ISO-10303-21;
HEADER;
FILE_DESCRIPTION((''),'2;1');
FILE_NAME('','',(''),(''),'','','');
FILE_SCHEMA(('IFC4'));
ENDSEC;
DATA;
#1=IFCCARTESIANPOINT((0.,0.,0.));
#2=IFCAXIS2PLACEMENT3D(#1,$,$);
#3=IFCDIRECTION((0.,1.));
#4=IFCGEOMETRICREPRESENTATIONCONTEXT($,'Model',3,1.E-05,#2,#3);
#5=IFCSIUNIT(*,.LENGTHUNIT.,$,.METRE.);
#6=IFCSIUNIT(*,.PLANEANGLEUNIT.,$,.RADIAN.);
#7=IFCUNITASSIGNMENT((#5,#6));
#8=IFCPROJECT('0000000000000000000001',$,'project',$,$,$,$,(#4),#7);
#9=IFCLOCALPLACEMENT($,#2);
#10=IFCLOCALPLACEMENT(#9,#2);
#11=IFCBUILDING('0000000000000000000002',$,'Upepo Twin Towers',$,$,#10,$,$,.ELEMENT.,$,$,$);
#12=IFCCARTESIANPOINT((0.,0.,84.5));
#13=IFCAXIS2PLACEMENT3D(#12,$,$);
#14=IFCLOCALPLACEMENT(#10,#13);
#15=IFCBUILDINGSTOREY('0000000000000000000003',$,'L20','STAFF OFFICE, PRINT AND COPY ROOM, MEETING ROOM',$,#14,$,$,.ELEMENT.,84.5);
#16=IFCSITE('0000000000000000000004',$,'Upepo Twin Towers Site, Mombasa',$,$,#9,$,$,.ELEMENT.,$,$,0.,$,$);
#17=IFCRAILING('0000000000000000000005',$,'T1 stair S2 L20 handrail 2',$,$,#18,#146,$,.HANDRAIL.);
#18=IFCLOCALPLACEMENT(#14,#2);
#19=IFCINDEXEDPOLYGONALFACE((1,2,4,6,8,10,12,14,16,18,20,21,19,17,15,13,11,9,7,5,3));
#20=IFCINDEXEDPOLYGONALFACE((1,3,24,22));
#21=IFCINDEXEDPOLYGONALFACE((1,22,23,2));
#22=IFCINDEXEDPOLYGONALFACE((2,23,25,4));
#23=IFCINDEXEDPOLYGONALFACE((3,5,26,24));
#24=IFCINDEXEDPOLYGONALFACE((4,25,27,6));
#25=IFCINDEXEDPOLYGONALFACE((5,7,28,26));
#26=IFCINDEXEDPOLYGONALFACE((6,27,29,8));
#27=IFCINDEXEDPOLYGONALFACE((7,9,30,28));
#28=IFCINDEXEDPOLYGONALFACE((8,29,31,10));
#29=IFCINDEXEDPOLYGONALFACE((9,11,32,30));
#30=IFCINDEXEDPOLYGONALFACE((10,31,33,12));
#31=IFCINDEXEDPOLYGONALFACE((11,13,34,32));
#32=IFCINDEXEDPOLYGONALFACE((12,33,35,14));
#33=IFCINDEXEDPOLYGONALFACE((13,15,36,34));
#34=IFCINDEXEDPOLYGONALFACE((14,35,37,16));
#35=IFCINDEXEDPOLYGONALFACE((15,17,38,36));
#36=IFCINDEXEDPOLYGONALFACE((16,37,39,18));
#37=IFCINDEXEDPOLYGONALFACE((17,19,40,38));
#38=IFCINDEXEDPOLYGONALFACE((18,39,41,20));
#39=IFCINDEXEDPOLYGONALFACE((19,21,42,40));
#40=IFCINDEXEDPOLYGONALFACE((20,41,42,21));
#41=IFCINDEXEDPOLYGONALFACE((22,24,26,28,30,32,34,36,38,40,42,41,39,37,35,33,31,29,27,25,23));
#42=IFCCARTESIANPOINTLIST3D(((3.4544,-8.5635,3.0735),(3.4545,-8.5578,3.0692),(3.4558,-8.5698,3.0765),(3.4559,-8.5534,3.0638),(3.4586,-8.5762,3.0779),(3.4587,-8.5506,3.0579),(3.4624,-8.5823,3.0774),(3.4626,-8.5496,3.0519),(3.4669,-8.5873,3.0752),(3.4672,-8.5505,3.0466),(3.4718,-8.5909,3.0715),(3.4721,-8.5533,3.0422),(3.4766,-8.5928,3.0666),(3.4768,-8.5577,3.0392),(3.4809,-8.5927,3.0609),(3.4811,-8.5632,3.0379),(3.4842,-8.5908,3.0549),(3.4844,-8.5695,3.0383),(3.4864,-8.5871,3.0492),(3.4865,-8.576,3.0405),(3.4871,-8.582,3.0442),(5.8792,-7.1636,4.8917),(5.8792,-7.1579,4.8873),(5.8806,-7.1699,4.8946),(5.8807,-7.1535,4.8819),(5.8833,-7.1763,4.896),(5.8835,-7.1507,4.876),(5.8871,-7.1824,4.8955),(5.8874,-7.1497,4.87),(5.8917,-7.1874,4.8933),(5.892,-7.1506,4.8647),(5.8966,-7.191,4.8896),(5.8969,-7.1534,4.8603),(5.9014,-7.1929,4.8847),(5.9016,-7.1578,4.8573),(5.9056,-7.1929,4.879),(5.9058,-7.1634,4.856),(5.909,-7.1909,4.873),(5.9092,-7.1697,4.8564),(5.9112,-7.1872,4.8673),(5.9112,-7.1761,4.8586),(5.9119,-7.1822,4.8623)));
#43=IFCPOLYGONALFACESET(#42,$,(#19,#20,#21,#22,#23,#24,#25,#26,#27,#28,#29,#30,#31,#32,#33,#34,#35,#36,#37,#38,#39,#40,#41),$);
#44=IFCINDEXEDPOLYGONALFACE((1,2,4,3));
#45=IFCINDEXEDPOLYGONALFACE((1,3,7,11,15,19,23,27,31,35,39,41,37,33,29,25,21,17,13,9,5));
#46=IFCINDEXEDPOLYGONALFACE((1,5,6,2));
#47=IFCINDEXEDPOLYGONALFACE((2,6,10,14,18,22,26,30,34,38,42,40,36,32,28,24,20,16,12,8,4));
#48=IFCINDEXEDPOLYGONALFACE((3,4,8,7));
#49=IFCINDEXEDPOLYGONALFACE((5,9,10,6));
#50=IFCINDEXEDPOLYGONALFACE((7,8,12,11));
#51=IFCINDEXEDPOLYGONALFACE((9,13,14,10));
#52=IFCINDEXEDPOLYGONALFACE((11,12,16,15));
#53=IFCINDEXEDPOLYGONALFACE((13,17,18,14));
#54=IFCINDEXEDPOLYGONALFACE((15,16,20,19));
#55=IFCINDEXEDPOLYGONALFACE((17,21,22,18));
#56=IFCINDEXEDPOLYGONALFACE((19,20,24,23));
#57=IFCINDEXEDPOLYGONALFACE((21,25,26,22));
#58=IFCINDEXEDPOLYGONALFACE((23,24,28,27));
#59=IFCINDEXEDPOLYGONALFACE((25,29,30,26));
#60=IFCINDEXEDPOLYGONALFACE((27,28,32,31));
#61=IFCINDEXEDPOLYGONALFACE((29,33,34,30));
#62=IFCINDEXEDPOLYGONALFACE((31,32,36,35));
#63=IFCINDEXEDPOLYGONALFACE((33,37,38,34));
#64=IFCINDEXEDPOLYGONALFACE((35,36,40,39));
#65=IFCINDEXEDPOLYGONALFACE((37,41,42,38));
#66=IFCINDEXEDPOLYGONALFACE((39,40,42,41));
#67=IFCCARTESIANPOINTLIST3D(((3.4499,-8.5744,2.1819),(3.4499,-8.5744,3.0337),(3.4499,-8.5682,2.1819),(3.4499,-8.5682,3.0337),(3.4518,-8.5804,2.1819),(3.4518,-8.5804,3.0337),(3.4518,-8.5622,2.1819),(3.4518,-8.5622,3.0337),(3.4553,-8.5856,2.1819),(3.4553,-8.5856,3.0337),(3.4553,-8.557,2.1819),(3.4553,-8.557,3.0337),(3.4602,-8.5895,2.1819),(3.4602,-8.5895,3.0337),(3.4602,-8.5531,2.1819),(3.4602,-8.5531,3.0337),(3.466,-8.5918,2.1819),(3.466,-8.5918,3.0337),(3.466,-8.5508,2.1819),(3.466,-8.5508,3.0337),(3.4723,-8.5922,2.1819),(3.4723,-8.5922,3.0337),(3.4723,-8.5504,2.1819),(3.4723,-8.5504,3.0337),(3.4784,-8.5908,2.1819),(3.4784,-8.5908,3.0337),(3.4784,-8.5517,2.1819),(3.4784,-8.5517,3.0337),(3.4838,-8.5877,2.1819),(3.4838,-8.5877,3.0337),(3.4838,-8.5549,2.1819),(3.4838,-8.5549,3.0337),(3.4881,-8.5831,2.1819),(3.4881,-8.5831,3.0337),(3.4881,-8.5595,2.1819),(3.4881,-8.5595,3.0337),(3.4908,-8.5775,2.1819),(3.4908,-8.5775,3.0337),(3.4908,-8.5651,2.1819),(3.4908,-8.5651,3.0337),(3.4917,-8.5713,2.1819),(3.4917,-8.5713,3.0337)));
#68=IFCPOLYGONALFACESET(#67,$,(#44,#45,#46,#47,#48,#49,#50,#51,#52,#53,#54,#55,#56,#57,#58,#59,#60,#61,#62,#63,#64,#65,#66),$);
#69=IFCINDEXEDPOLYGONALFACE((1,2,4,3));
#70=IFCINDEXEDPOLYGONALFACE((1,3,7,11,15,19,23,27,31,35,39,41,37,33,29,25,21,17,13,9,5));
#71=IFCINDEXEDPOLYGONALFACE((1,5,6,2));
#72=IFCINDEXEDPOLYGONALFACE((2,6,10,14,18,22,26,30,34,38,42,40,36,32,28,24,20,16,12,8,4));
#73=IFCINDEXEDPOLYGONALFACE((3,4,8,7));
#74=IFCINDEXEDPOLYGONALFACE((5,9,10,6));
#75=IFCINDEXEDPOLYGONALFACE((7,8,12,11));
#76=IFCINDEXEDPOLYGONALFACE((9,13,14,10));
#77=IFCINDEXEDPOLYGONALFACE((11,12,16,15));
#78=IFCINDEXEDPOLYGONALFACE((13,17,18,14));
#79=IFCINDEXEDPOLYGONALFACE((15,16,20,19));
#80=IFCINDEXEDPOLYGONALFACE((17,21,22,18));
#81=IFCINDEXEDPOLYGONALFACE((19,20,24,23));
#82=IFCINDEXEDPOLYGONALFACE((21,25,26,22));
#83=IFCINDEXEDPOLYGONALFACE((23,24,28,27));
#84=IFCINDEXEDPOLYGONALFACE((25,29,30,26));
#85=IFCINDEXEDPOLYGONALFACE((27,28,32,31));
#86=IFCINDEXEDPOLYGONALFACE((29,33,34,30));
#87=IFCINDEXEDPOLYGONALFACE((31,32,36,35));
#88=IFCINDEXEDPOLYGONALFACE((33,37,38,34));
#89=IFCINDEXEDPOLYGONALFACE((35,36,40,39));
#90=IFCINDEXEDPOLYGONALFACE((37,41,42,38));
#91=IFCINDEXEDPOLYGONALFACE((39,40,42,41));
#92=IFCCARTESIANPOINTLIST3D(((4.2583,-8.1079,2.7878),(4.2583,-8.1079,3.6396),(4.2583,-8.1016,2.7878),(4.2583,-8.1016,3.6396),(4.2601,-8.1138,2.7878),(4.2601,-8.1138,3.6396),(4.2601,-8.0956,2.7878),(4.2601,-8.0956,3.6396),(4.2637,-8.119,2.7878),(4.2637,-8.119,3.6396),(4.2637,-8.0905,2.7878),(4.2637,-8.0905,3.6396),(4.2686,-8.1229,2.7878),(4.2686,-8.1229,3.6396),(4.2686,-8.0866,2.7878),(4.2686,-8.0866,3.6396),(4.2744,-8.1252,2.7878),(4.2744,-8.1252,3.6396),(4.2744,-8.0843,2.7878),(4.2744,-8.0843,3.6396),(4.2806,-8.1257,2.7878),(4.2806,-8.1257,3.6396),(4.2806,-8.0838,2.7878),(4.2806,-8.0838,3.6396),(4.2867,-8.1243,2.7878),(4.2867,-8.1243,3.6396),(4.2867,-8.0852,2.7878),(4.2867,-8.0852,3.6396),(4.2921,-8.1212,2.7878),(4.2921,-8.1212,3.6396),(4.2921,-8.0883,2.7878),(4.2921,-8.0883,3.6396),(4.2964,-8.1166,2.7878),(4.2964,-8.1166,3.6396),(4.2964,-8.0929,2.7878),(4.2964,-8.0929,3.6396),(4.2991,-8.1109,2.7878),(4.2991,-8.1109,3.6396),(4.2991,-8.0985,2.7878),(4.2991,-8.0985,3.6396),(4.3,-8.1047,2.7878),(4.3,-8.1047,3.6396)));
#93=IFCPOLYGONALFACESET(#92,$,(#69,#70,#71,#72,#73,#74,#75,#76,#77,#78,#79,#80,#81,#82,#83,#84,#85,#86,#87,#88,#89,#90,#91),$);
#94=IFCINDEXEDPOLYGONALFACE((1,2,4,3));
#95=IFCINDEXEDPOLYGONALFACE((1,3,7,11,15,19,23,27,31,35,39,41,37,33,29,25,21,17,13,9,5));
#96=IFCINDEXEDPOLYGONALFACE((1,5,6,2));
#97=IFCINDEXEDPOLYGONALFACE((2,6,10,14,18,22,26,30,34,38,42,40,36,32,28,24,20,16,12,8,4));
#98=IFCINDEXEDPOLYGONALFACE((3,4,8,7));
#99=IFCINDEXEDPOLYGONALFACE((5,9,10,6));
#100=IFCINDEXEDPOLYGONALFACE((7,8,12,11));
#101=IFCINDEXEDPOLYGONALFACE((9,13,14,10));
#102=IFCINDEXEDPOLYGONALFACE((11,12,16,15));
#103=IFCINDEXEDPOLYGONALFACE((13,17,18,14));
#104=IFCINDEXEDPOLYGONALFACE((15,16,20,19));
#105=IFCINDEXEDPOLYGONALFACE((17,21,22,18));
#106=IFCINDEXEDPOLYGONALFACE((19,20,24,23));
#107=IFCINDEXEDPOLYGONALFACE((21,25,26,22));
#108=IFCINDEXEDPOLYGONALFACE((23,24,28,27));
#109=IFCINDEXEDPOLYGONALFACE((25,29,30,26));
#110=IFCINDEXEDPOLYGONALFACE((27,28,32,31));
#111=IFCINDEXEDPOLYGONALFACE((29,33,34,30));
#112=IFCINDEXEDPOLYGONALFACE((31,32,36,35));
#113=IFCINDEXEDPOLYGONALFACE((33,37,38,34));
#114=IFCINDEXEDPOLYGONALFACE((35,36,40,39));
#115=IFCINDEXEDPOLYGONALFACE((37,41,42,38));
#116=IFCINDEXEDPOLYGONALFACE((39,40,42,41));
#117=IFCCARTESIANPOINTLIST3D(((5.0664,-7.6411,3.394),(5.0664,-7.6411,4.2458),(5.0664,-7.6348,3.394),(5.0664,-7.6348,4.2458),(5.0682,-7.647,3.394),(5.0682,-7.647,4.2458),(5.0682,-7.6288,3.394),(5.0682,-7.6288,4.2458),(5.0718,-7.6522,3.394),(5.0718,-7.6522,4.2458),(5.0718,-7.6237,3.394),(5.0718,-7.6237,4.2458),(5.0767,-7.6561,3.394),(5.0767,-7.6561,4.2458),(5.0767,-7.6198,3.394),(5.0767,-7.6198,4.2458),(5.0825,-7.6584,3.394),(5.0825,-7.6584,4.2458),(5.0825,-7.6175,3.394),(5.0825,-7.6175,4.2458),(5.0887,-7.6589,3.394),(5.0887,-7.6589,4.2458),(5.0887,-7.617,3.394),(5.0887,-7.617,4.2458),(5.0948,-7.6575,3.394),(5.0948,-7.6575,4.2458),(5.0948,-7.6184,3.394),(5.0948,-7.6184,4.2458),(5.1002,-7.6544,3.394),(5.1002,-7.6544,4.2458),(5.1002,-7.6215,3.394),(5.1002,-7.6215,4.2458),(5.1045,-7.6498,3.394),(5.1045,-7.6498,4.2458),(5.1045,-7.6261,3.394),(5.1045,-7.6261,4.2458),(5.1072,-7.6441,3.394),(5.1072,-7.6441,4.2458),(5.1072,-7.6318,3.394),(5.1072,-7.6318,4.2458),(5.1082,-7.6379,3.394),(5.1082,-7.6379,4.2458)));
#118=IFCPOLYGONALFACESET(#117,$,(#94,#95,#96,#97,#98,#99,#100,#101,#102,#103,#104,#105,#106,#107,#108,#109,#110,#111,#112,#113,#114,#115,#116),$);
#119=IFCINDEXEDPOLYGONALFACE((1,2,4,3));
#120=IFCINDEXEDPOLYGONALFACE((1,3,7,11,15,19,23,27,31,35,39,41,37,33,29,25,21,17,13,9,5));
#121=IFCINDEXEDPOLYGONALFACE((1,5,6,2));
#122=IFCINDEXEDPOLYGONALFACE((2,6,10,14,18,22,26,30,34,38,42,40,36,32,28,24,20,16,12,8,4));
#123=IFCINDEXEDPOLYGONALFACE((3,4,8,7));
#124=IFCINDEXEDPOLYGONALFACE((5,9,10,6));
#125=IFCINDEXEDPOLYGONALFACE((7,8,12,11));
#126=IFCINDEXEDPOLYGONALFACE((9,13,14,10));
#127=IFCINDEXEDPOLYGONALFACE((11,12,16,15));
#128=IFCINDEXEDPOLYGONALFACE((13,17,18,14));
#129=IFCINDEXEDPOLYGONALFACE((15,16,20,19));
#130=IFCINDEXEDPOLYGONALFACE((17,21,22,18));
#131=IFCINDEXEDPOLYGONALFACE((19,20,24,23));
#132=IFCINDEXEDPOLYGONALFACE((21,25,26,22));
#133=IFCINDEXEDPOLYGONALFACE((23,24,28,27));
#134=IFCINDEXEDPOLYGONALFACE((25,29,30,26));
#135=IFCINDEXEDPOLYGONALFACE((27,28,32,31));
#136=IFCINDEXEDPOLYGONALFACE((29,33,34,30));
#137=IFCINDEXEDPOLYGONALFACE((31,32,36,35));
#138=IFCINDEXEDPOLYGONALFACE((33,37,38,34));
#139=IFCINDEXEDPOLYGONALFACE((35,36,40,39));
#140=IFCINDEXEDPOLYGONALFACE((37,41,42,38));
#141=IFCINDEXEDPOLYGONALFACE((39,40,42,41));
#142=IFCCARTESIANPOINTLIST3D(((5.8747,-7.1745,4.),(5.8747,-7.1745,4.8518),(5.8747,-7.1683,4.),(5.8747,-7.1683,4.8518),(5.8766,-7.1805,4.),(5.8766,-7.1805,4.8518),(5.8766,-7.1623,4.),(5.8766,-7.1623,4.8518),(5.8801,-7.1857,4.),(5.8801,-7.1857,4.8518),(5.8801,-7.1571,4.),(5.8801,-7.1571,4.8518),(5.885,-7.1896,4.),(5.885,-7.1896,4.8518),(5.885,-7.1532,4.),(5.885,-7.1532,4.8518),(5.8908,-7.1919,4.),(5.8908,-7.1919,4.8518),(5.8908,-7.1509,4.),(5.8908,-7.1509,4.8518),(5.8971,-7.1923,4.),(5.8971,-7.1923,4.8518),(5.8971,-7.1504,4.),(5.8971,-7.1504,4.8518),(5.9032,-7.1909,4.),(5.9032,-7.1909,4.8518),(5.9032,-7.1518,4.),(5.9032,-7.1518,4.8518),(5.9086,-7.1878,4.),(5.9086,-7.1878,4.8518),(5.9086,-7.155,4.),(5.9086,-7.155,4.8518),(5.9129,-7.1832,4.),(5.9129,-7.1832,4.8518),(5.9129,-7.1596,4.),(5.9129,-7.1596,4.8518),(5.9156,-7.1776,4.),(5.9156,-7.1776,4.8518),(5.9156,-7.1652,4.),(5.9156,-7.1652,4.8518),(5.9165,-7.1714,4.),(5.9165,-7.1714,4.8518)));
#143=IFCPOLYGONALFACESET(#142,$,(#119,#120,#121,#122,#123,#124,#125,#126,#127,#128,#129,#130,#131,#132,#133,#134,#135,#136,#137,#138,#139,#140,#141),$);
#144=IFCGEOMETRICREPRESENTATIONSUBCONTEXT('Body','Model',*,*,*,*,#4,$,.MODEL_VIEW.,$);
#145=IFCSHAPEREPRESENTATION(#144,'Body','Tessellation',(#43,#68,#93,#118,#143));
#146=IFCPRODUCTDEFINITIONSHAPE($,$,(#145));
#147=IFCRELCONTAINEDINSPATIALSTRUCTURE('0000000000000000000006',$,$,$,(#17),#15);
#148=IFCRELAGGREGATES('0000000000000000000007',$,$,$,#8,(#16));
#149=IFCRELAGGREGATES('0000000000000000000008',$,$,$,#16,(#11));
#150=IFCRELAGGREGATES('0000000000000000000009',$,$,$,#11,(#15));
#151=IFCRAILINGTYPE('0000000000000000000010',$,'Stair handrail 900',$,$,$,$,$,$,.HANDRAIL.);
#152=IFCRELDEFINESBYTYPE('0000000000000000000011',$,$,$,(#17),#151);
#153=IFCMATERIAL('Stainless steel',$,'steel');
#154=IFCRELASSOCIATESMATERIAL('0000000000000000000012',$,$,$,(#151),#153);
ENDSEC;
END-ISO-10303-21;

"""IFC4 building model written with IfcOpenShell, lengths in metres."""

from ifc_helpers import new_model, si_unit, direction, frame, origin, origin_2d, place, context, subcontext, project, spatial, circle, extrude, material, type_object, element, save


model = new_model("IFC4")

# Units and contexts
model_context = context("Model", 3, precision=1e-05, world=origin(), true_north=direction((0.0, 1.0)))
body_context = subcontext(model_context, "Body", "Model", "MODEL_VIEW")
ifc_project = project(units=[si_unit("LENGTHUNIT", "METRE"), si_unit("PLANEANGLEUNIT", "RADIAN")], contexts=[model_context])

# Site, building, storey
site_placement = place(None, origin())
site = spatial("IfcSite", under=ifc_project, at=site_placement, Name="Upepo Twin Towers Site, Mombasa", CompositionType="ELEMENT", RefElevation=0.0)
building_placement = place(site_placement, origin())
building = spatial("IfcBuilding", under=site, at=building_placement, Name="Upepo Twin Towers", CompositionType="ELEMENT")
storey_placement = place(building_placement, frame((0.0, 0.0, 84.5)))
storey = spatial("IfcBuildingStorey", under=building, at=storey_placement, Name="L20", Description="STAFF OFFICE, PRINT AND COPY ROOM, MEETING ROOM", CompositionType="ELEMENT", Elevation=84.5)

# Railing
ifc_material_1 = material(Name="Stainless steel", Category="steel")
railing_type = type_object("IfcRailingType", Name="Stair handrail 900", PredefinedType="HANDRAIL", material=ifc_material_1)
railing_1_placement = place(storey_placement, frame((3.4707, -8.5713, 2.1819)))
element("IfcRailing", 1, at=railing_1_placement, inside=storey, type_object=railing_type, Name="T1 stair S2 L20 handrail 2", PredefinedType="HANDRAIL", context=body_context, shape_type="SweptSolid", body=[
    extrude(circle(Radius=0.0239, at=origin_2d()), frame((0.0, 0.0, 0.876), z_axis=(0.726336, 0.419333, 0.544606), x_axis=(-0.499984, 0.866035, 0.0)), (0.0, 0.0, 1.0), 3.3384),
    extrude(circle(Radius=0.021, at=origin_2d()), origin(), (0.0, 0.0, 1.0), 0.8518),
    extrude(circle(Radius=0.021, at=origin_2d()), frame((0.8083, 0.4666, 0.606)), (0.0, 0.0, 1.0), 0.8518),
    extrude(circle(Radius=0.021, at=origin_2d()), frame((1.6165, 0.9333, 1.2122)), (0.0, 0.0, 1.0), 0.8518),
    extrude(circle(Radius=0.021, at=origin_2d()), frame((2.4248, 1.3999, 1.8181)), (0.0, 0.0, 1.0), 0.8518),
])

save(model, "model.ifc")
